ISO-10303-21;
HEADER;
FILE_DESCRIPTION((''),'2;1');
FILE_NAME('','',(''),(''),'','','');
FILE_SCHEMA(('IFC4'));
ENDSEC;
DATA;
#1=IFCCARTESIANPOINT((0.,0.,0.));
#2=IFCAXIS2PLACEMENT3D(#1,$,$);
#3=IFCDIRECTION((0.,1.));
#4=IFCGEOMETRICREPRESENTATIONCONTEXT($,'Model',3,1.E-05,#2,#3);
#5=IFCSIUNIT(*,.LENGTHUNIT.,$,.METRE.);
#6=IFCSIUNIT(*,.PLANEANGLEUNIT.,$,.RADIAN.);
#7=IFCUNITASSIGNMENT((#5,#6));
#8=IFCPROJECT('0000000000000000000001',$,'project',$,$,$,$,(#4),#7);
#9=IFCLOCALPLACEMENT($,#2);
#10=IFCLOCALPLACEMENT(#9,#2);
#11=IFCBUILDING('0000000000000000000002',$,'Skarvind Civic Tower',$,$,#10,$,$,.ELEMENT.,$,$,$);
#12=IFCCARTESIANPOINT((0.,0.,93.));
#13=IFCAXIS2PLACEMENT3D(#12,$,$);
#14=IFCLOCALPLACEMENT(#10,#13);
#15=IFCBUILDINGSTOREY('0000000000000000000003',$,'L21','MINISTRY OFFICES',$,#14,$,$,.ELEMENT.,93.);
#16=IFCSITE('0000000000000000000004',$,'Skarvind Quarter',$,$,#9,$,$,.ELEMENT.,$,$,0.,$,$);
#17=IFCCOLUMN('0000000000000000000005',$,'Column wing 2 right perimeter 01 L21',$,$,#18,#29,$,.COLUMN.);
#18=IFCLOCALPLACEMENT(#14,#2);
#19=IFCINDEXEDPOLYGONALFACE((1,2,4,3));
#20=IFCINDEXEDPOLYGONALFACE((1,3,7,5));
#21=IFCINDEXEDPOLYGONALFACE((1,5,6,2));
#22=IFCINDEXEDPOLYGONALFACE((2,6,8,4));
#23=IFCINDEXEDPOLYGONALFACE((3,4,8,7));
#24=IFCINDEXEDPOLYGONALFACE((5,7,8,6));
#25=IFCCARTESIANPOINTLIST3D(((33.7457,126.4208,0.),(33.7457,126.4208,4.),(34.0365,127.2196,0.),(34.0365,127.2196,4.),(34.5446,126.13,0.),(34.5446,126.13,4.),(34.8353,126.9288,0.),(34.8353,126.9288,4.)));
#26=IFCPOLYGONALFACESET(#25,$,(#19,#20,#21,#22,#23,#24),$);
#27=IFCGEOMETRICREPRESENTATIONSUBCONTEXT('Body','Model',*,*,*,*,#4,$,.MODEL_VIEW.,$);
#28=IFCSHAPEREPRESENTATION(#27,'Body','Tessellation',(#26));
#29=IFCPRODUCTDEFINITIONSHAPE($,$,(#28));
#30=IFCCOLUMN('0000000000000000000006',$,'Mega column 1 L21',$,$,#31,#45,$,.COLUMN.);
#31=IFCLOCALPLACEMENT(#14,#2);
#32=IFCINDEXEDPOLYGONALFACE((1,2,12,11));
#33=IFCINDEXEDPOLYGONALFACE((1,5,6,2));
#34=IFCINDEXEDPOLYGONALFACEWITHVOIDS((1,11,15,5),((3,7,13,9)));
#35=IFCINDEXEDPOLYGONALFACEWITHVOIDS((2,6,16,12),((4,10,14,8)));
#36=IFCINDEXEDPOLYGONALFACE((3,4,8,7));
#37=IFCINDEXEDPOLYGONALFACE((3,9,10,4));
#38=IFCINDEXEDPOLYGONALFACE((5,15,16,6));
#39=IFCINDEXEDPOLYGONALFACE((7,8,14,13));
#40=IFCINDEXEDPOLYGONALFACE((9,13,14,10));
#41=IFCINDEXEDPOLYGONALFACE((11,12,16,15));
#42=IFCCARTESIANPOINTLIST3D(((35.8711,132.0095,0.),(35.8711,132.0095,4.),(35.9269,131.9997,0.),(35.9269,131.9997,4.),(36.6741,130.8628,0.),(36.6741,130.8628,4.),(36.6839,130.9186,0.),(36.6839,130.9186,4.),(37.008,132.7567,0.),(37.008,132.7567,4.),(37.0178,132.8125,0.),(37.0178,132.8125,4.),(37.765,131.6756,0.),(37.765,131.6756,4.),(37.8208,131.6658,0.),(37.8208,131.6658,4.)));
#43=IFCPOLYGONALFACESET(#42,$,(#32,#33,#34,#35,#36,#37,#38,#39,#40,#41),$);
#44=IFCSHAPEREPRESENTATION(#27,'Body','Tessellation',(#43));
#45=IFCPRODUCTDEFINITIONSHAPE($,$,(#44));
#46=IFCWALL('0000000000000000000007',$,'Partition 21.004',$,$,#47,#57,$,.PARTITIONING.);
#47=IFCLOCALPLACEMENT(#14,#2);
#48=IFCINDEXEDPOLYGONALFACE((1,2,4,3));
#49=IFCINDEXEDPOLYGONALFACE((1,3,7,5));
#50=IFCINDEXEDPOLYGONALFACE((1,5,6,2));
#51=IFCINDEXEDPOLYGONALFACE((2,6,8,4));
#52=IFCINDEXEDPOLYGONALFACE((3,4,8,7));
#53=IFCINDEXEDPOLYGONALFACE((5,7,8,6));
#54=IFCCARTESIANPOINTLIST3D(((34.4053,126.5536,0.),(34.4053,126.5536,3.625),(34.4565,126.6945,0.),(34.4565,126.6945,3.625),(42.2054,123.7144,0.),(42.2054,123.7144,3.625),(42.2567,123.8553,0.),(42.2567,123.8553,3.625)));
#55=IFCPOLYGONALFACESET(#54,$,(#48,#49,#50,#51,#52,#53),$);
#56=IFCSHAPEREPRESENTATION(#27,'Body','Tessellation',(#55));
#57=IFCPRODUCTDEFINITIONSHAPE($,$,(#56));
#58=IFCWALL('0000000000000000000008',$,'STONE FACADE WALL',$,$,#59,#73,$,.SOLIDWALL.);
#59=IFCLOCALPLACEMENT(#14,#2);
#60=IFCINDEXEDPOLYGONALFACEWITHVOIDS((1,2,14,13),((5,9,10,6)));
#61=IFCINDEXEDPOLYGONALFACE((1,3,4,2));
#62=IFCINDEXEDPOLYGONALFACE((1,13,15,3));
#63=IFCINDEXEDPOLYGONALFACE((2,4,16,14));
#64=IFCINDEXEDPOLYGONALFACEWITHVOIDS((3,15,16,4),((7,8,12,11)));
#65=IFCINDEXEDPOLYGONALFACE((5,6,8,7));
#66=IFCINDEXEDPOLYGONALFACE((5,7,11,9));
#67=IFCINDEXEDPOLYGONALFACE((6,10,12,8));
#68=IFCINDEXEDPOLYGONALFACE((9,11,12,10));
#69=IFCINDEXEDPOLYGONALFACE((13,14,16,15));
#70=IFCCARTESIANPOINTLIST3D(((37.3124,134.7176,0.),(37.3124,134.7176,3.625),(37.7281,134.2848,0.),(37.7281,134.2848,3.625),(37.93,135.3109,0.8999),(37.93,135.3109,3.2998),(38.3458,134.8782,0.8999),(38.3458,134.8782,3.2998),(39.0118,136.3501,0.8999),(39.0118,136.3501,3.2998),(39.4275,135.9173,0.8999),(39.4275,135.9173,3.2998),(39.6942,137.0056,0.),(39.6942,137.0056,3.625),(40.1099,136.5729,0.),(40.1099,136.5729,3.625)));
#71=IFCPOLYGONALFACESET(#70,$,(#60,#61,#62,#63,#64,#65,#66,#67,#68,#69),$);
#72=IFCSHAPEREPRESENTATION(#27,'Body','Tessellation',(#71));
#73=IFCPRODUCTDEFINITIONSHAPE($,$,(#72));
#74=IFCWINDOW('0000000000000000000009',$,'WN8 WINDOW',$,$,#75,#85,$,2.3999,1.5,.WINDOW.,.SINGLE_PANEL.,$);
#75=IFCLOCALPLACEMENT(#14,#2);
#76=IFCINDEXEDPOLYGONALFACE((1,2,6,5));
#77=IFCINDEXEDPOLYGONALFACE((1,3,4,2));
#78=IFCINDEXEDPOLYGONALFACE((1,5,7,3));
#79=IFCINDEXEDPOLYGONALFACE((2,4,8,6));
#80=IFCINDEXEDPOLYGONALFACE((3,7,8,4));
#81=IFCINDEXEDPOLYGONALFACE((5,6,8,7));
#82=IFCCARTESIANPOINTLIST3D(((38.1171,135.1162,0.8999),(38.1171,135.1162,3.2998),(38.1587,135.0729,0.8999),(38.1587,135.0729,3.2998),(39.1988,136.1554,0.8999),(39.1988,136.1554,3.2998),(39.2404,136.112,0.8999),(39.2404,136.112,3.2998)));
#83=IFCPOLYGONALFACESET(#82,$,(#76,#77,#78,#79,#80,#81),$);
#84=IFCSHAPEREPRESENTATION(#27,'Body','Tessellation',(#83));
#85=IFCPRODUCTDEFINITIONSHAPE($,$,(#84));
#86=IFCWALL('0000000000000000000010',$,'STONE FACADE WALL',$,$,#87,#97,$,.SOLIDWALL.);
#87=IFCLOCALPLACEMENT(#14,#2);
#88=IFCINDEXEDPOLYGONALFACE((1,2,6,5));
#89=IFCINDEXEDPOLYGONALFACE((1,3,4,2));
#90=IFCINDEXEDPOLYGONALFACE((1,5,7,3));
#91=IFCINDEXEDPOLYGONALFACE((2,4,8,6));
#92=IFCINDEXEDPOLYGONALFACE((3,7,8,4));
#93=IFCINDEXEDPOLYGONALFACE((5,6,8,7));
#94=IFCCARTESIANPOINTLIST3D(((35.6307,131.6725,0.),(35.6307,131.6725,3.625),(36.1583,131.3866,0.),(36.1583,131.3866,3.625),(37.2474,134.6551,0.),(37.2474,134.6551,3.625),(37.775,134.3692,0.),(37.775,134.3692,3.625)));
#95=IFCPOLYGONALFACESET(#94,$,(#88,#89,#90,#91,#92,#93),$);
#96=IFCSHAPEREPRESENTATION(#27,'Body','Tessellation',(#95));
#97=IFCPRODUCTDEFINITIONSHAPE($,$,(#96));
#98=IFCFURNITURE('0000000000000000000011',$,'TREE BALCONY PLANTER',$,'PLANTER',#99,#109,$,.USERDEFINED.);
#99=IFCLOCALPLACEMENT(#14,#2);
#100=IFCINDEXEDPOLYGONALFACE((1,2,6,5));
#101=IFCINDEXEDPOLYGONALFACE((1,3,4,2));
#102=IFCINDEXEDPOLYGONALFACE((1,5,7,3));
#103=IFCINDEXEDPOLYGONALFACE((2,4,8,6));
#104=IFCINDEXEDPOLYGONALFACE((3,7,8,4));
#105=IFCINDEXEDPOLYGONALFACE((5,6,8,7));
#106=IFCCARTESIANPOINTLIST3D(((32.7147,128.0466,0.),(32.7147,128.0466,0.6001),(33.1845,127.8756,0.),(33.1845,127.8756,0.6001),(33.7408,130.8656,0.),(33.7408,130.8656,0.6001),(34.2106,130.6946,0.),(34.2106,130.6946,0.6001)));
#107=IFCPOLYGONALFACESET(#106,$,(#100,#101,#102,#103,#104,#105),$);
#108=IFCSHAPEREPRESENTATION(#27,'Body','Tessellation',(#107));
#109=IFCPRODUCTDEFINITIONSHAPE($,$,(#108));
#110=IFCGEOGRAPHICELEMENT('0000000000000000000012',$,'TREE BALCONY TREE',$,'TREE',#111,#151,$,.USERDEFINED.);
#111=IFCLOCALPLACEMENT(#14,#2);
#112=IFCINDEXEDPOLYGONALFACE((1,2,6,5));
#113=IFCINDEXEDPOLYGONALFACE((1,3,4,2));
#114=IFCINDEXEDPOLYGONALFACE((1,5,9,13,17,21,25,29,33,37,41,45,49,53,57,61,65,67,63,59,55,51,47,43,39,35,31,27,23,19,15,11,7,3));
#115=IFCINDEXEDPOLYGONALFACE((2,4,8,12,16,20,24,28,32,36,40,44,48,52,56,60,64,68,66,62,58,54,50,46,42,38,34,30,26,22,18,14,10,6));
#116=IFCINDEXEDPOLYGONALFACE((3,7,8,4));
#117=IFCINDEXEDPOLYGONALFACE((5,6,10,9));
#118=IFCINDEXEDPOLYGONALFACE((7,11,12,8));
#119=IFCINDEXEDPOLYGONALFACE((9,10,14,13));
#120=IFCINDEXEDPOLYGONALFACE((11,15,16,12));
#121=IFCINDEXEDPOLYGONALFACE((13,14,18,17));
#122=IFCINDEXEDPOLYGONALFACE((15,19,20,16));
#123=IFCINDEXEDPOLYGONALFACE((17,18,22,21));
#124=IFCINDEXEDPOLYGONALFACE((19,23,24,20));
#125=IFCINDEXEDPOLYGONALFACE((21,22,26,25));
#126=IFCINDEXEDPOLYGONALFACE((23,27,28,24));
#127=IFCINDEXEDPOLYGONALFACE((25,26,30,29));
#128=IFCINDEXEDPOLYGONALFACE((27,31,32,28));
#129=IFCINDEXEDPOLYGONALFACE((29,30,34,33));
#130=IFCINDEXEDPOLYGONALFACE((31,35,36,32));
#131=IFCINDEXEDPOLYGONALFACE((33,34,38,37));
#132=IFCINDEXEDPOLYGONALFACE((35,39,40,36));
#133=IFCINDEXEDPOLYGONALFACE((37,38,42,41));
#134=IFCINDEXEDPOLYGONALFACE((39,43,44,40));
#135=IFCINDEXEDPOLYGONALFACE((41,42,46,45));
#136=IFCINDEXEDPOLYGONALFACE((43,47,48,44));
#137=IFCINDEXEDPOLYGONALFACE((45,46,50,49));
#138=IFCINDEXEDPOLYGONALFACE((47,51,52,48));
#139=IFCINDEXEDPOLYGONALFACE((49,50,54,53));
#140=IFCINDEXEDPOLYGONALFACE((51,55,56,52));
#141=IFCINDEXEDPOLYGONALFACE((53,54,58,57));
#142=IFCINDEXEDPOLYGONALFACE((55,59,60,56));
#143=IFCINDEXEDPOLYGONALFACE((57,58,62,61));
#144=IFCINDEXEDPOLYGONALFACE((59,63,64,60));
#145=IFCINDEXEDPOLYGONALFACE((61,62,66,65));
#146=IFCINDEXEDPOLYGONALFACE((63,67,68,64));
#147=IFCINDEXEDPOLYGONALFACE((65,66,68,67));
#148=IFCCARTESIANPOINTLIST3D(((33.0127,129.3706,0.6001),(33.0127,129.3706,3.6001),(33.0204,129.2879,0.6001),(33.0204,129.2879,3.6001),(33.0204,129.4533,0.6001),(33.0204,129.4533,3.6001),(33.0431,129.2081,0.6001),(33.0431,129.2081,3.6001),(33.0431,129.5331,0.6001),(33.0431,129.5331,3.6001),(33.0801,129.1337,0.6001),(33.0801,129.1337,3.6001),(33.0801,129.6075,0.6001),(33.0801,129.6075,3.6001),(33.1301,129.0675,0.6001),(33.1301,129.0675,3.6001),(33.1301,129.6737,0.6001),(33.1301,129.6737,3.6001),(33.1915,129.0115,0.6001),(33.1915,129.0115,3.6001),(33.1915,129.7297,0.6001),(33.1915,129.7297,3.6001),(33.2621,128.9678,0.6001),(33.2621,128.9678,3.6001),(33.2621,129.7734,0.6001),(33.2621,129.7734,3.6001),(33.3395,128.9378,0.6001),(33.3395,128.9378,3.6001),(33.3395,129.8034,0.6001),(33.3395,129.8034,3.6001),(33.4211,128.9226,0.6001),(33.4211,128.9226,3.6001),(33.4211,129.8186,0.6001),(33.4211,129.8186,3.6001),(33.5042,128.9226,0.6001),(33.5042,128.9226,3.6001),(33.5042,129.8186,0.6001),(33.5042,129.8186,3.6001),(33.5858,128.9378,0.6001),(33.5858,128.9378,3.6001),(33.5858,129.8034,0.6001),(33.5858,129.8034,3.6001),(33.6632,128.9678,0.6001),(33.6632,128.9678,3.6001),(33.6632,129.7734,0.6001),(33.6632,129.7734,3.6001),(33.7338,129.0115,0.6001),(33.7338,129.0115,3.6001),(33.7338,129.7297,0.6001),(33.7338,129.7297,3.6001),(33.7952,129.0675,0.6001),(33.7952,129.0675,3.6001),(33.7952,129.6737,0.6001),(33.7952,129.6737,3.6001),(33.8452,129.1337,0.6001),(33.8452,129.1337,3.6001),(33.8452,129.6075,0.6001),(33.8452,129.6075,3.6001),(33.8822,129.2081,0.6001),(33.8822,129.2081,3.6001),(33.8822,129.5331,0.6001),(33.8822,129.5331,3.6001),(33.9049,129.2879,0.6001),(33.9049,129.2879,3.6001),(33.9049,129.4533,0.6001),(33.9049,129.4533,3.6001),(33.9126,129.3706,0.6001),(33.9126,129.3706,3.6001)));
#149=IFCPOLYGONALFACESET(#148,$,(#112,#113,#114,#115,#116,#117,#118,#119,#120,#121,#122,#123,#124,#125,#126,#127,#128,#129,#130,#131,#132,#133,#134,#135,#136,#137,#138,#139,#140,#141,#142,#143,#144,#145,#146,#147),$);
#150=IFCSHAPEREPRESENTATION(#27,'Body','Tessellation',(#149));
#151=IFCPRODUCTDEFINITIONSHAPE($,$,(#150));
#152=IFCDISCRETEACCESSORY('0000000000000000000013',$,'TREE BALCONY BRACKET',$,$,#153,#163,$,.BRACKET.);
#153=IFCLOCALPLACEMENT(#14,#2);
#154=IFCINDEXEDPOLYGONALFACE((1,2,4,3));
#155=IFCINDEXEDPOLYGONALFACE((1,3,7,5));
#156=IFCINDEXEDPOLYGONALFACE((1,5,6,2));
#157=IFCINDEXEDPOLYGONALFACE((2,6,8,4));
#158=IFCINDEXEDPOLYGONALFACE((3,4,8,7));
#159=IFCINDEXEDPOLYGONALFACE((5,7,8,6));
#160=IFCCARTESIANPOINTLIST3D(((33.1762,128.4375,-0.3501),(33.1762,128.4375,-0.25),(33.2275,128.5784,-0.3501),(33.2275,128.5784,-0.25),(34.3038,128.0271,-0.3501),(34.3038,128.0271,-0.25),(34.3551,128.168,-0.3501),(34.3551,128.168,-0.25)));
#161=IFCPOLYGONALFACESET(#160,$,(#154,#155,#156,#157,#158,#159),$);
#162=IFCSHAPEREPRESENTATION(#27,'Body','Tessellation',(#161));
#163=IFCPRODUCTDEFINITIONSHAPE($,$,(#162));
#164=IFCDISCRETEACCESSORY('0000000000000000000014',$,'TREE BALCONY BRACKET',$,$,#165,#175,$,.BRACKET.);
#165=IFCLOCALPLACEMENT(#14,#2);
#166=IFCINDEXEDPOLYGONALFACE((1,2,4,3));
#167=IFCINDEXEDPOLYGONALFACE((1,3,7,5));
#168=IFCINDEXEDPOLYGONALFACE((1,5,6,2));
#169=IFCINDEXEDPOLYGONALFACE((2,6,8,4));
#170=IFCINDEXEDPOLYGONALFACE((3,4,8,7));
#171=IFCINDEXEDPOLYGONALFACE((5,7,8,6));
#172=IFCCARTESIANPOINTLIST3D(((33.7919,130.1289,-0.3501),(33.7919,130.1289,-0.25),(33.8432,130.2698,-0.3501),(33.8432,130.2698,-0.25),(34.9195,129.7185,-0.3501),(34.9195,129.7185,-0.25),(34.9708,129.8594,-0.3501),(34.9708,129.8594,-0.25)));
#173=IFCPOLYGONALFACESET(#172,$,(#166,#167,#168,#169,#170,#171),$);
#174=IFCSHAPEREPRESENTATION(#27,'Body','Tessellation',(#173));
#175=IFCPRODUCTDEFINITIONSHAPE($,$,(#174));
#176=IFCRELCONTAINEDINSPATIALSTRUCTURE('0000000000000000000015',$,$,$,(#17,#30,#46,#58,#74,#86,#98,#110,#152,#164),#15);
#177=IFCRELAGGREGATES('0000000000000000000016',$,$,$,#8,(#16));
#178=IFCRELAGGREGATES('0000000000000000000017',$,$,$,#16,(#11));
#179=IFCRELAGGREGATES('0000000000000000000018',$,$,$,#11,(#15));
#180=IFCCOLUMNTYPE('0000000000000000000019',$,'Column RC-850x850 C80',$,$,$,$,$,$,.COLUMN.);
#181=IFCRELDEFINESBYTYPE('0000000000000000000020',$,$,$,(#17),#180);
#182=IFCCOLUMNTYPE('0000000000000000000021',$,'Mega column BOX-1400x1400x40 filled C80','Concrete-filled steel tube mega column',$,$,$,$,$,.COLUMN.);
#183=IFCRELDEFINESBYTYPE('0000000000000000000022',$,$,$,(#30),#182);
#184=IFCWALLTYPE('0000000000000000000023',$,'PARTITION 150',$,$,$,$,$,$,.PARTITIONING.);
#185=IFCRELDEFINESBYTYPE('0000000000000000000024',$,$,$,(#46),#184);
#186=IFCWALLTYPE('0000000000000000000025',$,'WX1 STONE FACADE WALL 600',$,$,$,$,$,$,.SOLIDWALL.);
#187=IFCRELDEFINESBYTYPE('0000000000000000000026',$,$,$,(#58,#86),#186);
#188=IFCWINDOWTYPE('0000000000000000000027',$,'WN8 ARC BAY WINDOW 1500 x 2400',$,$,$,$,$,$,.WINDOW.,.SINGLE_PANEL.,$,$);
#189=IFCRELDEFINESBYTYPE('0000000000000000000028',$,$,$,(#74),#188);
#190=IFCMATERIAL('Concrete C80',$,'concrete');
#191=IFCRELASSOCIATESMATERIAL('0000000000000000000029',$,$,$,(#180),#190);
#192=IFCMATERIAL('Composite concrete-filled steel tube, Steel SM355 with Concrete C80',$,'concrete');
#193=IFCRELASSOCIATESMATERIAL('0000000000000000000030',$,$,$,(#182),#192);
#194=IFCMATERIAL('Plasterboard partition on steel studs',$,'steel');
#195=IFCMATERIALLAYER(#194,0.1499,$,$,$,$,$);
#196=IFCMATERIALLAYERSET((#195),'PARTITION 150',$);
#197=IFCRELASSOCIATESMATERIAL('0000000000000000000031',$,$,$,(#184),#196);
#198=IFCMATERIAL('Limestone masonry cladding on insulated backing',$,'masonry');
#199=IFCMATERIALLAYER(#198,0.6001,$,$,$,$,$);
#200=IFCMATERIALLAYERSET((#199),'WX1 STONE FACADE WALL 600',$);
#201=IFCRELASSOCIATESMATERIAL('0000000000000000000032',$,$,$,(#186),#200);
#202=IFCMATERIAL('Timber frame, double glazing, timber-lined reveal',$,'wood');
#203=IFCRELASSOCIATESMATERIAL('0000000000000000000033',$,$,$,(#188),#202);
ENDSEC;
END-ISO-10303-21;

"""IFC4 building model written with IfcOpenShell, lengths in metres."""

from ifc_helpers import new_model, si_unit, direction, frame, frame_2d, origin, origin_2d, place, context, subcontext, project, spatial, rectangle, hollow_rectangle, circle, extrude, material, layer, layer_set, material_profile, profile_set, type_object, element, fill, save


model = new_model("IFC4")

# Units and contexts
model_context = context("Model", 3, precision=1e-05, world=origin(), true_north=direction((0.0, 1.0)))
body_context = subcontext(model_context, "Body", "Model", "MODEL_VIEW")
ifc_project = project(units=[si_unit("LENGTHUNIT", "METRE"), si_unit("PLANEANGLEUNIT", "RADIAN")], contexts=[model_context])

# Site, building, storey
site_placement = place(None, origin())
site = spatial("IfcSite", under=ifc_project, at=site_placement, Name="Skarvind Quarter", CompositionType="ELEMENT", RefElevation=0.0)
building_placement = place(site_placement, origin())
building = spatial("IfcBuilding", under=site, at=building_placement, Name="Skarvind Civic Tower", CompositionType="ELEMENT")
storey_placement = place(building_placement, frame((0.0, 0.0, 93.0)))
storey = spatial("IfcBuildingStorey", under=building, at=storey_placement, Name="L21", Description="MINISTRY OFFICES", CompositionType="ELEMENT", Elevation=93.0)

# Columns
ifc_material_1 = material(Name="Concrete C80", Category="concrete")
ifc_material_profile_1 = material_profile(ifc_material_1, rectangle(XDim=0.8501, YDim=0.8501, at=origin_2d()), Name="RC-850x850")
ifc_profile_set_1 = profile_set([ifc_material_profile_1], Name="Concrete C80")
column_type_1 = type_object("IfcColumnType", Name="Column RC-850x850 C80", PredefinedType="COLUMN", material=ifc_profile_set_1)
column_1_placement = place(storey_placement, frame((34.2905, 126.6748, 0.0), z_axis=(0.0, 0.0, 1.0), x_axis=(-0.34202, -0.939693, 0.0)))
element("IfcColumn", 1, at=column_1_placement, inside=storey, type_object=column_type_1, Name="Column wing 2 right perimeter 01 L21", PredefinedType="COLUMN", context=body_context, shape_type="SweptSolid", body=[
    extrude(rectangle(XDim=0.8501, YDim=0.8501, at=origin_2d()), origin(), (0.0, 0.0, 1.0), 4.0),
])
ifc_material_2 = material(Name="Composite concrete-filled steel tube, Steel SM355 with Concrete C80", Category="concrete")
ifc_material_profile_2 = material_profile(ifc_material_2, hollow_rectangle(XDim=1.3999, YDim=1.3999, WallThickness=0.04, at=origin_2d()), Name="BOX-1400x1400x40")
ifc_profile_set_2 = profile_set([ifc_material_profile_2], Name="Composite concrete-filled steel tube, Steel SM355 with Concrete C80")
column_type_2 = type_object("IfcColumnType", Name="Mega column BOX-1400x1400x40 filled C80", Description="Concrete-filled steel tube mega column", PredefinedType="COLUMN", material=ifc_profile_set_2)
column_2_placement = place(storey_placement, frame((36.8459, 131.8376, 0.0), z_axis=(0.0, 0.0, 1.0), x_axis=(0.573576, -0.819152, 0.0)))
element("IfcColumn", 2, at=column_2_placement, inside=storey, type_object=column_type_2, Name="Mega column 1 L21", PredefinedType="COLUMN", context=body_context, shape_type="SweptSolid", body=[
    extrude(hollow_rectangle(XDim=1.3999, YDim=1.3999, WallThickness=0.04, at=origin_2d()), origin(), (0.0, 0.0, 1.0), 4.0),
])

# Wall
ifc_material_3 = material(Name="Plasterboard partition on steel studs", Category="steel")
ifc_layer_1 = layer(ifc_material_3, 0.1499)
ifc_layer_set_1 = layer_set([ifc_layer_1], Name="PARTITION 150")
wall_type_1 = type_object("IfcWallType", Name="PARTITION 150", PredefinedType="PARTITIONING", material=ifc_layer_set_1)
wall_1_placement = place(storey_placement, frame((34.4309, 126.624, 0.0), z_axis=(0.0, 0.0, 1.0), x_axis=(0.939688, -0.342034, 0.0)))
element("IfcWall", 3, at=wall_1_placement, inside=storey, type_object=wall_type_1, Name="Partition 21.004", PredefinedType="PARTITIONING", context=body_context, shape_type="SweptSolid", body=[
    extrude(rectangle(XDim=8.3008, YDim=0.1499, at=frame_2d((4.1504, 0.0))), origin(), (0.0, 0.0, 1.0), 3.625),
])

# Wall, opening, window
ifc_material_4 = material(Name="Limestone masonry cladding on insulated backing", Category="masonry")
ifc_layer_2 = layer(ifc_material_4, 0.6001)
ifc_layer_set_2 = layer_set([ifc_layer_2], Name="WX1 STONE FACADE WALL 600")
wall_type_2 = type_object("IfcWallType", Name="WX1 STONE FACADE WALL 600", PredefinedType="SOLIDWALL", material=ifc_layer_set_2)
wall_2_placement = place(storey_placement, frame((37.5203, 134.5012, 0.0), z_axis=(0.0, 0.0, 1.0), x_axis=(0.721157, 0.692772, 0.0)))
wall_2 = element("IfcWall", 4, at=wall_2_placement, inside=storey, type_object=wall_type_2, Name="STONE FACADE WALL", PredefinedType="SOLIDWALL", context=body_context, shape_type="SweptSolid", body=[
    extrude(rectangle(XDim=3.3027, YDim=0.6001, at=frame_2d((1.6514, 0.0))), origin(), (0.0, 0.0, 1.0), 3.625),
])
opening_placement = place(wall_2_placement, frame((0.8564, 0.0, 0.8999)))
opening = element("IfcOpeningElement", 5, at=opening_placement, cuts=wall_2, PredefinedType="OPENING", context=body_context, shape_type="SweptSolid", body=[
    extrude(rectangle(XDim=1.5, YDim=2.3999, at=frame_2d((0.75, 1.2))), frame((0.0, 0.3101, 0.0), z_axis=(0.0, -1.0, 0.0), x_axis=(1.0, 0.0, 0.0)), (0.0, 0.0, 1.0), 0.6201),
])
ifc_material_5 = material(Name="Timber frame, double glazing, timber-lined reveal", Category="wood")
window_type = type_object("IfcWindowType", Name="WN8 ARC BAY WINDOW 1500 x 2400", PartitioningType="SINGLE_PANEL", PredefinedType="WINDOW", material=ifc_material_5)
window_placement = place(opening_placement, origin())
window = element("IfcWindow", 6, at=window_placement, inside=storey, type_object=window_type, Name="WN8 WINDOW", OverallHeight=2.3999, OverallWidth=1.5, PartitioningType="SINGLE_PANEL", PredefinedType="WINDOW", context=body_context, shape_type="SweptSolid", body=[
    extrude(rectangle(XDim=1.5, YDim=2.3999, at=frame_2d((0.75, 1.2))), frame((0.0, 0.03, 0.0), z_axis=(0.0, -1.0, 0.0), x_axis=(1.0, 0.0, 0.0)), (0.0, 0.0, 1.0), 0.0601),
])
fill(opening, window)

# Wall
wall_3_placement = place(storey_placement, frame((35.8945, 131.5295, 0.0), z_axis=(0.0, 0.0, 1.0), x_axis=(0.476531, 0.879158, 0.0)))
element("IfcWall", 7, at=wall_3_placement, inside=storey, type_object=wall_type_2, Name="STONE FACADE WALL", PredefinedType="SOLIDWALL", context=body_context, shape_type="SweptSolid", body=[
    extrude(rectangle(XDim=3.3926, YDim=0.6001, at=frame_2d((1.6963, 0.0))), origin(), (0.0, 0.0, 1.0), 3.625),
])

# Furniture
furniture_placement = place(storey_placement, frame((33.4626, 129.3706, 0.0), z_axis=(0.0, 0.0, 1.0), x_axis=(0.34202, 0.939693, 0.0)))
element("IfcFurniture", 8, at=furniture_placement, inside=storey, Name="TREE BALCONY PLANTER", ObjectType="PLANTER", PredefinedType="USERDEFINED", context=body_context, shape_type="SweptSolid", body=[
    extrude(rectangle(XDim=3.0, YDim=0.5, at=origin_2d()), origin(), (0.0, 0.0, 1.0), 0.6001),
])

# Geographic element
geographic_element_placement = place(storey_placement, frame((33.4626, 129.3706, 0.6001), z_axis=(0.0, 0.0, 1.0), x_axis=(1.0, 0.0, 0.0)))
element("IfcGeographicElement", 9, at=geographic_element_placement, inside=storey, Name="TREE BALCONY TREE", ObjectType="TREE", PredefinedType="USERDEFINED", context=body_context, shape_type="SweptSolid", body=[
    extrude(circle(Radius=0.45, at=origin_2d()), origin(), (0.0, 0.0, 1.0), 3.0),
])

# Discrete accessories
for number, where, z_axis, x_axis, name in (
    (10, (33.7656, 128.3027, -0.3501), (0.0, 0.0, 1.0), (0.34202, 0.939693, 0.0), "TREE BALCONY BRACKET"),
    (11, (34.3813, 129.9941, -0.3501), (0.0, 0.0, 1.0), (0.34202, 0.939693, 0.0), "TREE BALCONY BRACKET"),
):
    element("IfcDiscreteAccessory", number, at=place(storey_placement, frame(where, z_axis=z_axis, x_axis=x_axis)), inside=storey, Name=name, PredefinedType="BRACKET", context=body_context, shape_type="SweptSolid", body=[
        extrude(rectangle(XDim=0.1499, YDim=1.2, at=origin_2d()), origin(), (0.0, 0.0, 1.0), 0.1001),
    ])

save(model, "model.ifc")
